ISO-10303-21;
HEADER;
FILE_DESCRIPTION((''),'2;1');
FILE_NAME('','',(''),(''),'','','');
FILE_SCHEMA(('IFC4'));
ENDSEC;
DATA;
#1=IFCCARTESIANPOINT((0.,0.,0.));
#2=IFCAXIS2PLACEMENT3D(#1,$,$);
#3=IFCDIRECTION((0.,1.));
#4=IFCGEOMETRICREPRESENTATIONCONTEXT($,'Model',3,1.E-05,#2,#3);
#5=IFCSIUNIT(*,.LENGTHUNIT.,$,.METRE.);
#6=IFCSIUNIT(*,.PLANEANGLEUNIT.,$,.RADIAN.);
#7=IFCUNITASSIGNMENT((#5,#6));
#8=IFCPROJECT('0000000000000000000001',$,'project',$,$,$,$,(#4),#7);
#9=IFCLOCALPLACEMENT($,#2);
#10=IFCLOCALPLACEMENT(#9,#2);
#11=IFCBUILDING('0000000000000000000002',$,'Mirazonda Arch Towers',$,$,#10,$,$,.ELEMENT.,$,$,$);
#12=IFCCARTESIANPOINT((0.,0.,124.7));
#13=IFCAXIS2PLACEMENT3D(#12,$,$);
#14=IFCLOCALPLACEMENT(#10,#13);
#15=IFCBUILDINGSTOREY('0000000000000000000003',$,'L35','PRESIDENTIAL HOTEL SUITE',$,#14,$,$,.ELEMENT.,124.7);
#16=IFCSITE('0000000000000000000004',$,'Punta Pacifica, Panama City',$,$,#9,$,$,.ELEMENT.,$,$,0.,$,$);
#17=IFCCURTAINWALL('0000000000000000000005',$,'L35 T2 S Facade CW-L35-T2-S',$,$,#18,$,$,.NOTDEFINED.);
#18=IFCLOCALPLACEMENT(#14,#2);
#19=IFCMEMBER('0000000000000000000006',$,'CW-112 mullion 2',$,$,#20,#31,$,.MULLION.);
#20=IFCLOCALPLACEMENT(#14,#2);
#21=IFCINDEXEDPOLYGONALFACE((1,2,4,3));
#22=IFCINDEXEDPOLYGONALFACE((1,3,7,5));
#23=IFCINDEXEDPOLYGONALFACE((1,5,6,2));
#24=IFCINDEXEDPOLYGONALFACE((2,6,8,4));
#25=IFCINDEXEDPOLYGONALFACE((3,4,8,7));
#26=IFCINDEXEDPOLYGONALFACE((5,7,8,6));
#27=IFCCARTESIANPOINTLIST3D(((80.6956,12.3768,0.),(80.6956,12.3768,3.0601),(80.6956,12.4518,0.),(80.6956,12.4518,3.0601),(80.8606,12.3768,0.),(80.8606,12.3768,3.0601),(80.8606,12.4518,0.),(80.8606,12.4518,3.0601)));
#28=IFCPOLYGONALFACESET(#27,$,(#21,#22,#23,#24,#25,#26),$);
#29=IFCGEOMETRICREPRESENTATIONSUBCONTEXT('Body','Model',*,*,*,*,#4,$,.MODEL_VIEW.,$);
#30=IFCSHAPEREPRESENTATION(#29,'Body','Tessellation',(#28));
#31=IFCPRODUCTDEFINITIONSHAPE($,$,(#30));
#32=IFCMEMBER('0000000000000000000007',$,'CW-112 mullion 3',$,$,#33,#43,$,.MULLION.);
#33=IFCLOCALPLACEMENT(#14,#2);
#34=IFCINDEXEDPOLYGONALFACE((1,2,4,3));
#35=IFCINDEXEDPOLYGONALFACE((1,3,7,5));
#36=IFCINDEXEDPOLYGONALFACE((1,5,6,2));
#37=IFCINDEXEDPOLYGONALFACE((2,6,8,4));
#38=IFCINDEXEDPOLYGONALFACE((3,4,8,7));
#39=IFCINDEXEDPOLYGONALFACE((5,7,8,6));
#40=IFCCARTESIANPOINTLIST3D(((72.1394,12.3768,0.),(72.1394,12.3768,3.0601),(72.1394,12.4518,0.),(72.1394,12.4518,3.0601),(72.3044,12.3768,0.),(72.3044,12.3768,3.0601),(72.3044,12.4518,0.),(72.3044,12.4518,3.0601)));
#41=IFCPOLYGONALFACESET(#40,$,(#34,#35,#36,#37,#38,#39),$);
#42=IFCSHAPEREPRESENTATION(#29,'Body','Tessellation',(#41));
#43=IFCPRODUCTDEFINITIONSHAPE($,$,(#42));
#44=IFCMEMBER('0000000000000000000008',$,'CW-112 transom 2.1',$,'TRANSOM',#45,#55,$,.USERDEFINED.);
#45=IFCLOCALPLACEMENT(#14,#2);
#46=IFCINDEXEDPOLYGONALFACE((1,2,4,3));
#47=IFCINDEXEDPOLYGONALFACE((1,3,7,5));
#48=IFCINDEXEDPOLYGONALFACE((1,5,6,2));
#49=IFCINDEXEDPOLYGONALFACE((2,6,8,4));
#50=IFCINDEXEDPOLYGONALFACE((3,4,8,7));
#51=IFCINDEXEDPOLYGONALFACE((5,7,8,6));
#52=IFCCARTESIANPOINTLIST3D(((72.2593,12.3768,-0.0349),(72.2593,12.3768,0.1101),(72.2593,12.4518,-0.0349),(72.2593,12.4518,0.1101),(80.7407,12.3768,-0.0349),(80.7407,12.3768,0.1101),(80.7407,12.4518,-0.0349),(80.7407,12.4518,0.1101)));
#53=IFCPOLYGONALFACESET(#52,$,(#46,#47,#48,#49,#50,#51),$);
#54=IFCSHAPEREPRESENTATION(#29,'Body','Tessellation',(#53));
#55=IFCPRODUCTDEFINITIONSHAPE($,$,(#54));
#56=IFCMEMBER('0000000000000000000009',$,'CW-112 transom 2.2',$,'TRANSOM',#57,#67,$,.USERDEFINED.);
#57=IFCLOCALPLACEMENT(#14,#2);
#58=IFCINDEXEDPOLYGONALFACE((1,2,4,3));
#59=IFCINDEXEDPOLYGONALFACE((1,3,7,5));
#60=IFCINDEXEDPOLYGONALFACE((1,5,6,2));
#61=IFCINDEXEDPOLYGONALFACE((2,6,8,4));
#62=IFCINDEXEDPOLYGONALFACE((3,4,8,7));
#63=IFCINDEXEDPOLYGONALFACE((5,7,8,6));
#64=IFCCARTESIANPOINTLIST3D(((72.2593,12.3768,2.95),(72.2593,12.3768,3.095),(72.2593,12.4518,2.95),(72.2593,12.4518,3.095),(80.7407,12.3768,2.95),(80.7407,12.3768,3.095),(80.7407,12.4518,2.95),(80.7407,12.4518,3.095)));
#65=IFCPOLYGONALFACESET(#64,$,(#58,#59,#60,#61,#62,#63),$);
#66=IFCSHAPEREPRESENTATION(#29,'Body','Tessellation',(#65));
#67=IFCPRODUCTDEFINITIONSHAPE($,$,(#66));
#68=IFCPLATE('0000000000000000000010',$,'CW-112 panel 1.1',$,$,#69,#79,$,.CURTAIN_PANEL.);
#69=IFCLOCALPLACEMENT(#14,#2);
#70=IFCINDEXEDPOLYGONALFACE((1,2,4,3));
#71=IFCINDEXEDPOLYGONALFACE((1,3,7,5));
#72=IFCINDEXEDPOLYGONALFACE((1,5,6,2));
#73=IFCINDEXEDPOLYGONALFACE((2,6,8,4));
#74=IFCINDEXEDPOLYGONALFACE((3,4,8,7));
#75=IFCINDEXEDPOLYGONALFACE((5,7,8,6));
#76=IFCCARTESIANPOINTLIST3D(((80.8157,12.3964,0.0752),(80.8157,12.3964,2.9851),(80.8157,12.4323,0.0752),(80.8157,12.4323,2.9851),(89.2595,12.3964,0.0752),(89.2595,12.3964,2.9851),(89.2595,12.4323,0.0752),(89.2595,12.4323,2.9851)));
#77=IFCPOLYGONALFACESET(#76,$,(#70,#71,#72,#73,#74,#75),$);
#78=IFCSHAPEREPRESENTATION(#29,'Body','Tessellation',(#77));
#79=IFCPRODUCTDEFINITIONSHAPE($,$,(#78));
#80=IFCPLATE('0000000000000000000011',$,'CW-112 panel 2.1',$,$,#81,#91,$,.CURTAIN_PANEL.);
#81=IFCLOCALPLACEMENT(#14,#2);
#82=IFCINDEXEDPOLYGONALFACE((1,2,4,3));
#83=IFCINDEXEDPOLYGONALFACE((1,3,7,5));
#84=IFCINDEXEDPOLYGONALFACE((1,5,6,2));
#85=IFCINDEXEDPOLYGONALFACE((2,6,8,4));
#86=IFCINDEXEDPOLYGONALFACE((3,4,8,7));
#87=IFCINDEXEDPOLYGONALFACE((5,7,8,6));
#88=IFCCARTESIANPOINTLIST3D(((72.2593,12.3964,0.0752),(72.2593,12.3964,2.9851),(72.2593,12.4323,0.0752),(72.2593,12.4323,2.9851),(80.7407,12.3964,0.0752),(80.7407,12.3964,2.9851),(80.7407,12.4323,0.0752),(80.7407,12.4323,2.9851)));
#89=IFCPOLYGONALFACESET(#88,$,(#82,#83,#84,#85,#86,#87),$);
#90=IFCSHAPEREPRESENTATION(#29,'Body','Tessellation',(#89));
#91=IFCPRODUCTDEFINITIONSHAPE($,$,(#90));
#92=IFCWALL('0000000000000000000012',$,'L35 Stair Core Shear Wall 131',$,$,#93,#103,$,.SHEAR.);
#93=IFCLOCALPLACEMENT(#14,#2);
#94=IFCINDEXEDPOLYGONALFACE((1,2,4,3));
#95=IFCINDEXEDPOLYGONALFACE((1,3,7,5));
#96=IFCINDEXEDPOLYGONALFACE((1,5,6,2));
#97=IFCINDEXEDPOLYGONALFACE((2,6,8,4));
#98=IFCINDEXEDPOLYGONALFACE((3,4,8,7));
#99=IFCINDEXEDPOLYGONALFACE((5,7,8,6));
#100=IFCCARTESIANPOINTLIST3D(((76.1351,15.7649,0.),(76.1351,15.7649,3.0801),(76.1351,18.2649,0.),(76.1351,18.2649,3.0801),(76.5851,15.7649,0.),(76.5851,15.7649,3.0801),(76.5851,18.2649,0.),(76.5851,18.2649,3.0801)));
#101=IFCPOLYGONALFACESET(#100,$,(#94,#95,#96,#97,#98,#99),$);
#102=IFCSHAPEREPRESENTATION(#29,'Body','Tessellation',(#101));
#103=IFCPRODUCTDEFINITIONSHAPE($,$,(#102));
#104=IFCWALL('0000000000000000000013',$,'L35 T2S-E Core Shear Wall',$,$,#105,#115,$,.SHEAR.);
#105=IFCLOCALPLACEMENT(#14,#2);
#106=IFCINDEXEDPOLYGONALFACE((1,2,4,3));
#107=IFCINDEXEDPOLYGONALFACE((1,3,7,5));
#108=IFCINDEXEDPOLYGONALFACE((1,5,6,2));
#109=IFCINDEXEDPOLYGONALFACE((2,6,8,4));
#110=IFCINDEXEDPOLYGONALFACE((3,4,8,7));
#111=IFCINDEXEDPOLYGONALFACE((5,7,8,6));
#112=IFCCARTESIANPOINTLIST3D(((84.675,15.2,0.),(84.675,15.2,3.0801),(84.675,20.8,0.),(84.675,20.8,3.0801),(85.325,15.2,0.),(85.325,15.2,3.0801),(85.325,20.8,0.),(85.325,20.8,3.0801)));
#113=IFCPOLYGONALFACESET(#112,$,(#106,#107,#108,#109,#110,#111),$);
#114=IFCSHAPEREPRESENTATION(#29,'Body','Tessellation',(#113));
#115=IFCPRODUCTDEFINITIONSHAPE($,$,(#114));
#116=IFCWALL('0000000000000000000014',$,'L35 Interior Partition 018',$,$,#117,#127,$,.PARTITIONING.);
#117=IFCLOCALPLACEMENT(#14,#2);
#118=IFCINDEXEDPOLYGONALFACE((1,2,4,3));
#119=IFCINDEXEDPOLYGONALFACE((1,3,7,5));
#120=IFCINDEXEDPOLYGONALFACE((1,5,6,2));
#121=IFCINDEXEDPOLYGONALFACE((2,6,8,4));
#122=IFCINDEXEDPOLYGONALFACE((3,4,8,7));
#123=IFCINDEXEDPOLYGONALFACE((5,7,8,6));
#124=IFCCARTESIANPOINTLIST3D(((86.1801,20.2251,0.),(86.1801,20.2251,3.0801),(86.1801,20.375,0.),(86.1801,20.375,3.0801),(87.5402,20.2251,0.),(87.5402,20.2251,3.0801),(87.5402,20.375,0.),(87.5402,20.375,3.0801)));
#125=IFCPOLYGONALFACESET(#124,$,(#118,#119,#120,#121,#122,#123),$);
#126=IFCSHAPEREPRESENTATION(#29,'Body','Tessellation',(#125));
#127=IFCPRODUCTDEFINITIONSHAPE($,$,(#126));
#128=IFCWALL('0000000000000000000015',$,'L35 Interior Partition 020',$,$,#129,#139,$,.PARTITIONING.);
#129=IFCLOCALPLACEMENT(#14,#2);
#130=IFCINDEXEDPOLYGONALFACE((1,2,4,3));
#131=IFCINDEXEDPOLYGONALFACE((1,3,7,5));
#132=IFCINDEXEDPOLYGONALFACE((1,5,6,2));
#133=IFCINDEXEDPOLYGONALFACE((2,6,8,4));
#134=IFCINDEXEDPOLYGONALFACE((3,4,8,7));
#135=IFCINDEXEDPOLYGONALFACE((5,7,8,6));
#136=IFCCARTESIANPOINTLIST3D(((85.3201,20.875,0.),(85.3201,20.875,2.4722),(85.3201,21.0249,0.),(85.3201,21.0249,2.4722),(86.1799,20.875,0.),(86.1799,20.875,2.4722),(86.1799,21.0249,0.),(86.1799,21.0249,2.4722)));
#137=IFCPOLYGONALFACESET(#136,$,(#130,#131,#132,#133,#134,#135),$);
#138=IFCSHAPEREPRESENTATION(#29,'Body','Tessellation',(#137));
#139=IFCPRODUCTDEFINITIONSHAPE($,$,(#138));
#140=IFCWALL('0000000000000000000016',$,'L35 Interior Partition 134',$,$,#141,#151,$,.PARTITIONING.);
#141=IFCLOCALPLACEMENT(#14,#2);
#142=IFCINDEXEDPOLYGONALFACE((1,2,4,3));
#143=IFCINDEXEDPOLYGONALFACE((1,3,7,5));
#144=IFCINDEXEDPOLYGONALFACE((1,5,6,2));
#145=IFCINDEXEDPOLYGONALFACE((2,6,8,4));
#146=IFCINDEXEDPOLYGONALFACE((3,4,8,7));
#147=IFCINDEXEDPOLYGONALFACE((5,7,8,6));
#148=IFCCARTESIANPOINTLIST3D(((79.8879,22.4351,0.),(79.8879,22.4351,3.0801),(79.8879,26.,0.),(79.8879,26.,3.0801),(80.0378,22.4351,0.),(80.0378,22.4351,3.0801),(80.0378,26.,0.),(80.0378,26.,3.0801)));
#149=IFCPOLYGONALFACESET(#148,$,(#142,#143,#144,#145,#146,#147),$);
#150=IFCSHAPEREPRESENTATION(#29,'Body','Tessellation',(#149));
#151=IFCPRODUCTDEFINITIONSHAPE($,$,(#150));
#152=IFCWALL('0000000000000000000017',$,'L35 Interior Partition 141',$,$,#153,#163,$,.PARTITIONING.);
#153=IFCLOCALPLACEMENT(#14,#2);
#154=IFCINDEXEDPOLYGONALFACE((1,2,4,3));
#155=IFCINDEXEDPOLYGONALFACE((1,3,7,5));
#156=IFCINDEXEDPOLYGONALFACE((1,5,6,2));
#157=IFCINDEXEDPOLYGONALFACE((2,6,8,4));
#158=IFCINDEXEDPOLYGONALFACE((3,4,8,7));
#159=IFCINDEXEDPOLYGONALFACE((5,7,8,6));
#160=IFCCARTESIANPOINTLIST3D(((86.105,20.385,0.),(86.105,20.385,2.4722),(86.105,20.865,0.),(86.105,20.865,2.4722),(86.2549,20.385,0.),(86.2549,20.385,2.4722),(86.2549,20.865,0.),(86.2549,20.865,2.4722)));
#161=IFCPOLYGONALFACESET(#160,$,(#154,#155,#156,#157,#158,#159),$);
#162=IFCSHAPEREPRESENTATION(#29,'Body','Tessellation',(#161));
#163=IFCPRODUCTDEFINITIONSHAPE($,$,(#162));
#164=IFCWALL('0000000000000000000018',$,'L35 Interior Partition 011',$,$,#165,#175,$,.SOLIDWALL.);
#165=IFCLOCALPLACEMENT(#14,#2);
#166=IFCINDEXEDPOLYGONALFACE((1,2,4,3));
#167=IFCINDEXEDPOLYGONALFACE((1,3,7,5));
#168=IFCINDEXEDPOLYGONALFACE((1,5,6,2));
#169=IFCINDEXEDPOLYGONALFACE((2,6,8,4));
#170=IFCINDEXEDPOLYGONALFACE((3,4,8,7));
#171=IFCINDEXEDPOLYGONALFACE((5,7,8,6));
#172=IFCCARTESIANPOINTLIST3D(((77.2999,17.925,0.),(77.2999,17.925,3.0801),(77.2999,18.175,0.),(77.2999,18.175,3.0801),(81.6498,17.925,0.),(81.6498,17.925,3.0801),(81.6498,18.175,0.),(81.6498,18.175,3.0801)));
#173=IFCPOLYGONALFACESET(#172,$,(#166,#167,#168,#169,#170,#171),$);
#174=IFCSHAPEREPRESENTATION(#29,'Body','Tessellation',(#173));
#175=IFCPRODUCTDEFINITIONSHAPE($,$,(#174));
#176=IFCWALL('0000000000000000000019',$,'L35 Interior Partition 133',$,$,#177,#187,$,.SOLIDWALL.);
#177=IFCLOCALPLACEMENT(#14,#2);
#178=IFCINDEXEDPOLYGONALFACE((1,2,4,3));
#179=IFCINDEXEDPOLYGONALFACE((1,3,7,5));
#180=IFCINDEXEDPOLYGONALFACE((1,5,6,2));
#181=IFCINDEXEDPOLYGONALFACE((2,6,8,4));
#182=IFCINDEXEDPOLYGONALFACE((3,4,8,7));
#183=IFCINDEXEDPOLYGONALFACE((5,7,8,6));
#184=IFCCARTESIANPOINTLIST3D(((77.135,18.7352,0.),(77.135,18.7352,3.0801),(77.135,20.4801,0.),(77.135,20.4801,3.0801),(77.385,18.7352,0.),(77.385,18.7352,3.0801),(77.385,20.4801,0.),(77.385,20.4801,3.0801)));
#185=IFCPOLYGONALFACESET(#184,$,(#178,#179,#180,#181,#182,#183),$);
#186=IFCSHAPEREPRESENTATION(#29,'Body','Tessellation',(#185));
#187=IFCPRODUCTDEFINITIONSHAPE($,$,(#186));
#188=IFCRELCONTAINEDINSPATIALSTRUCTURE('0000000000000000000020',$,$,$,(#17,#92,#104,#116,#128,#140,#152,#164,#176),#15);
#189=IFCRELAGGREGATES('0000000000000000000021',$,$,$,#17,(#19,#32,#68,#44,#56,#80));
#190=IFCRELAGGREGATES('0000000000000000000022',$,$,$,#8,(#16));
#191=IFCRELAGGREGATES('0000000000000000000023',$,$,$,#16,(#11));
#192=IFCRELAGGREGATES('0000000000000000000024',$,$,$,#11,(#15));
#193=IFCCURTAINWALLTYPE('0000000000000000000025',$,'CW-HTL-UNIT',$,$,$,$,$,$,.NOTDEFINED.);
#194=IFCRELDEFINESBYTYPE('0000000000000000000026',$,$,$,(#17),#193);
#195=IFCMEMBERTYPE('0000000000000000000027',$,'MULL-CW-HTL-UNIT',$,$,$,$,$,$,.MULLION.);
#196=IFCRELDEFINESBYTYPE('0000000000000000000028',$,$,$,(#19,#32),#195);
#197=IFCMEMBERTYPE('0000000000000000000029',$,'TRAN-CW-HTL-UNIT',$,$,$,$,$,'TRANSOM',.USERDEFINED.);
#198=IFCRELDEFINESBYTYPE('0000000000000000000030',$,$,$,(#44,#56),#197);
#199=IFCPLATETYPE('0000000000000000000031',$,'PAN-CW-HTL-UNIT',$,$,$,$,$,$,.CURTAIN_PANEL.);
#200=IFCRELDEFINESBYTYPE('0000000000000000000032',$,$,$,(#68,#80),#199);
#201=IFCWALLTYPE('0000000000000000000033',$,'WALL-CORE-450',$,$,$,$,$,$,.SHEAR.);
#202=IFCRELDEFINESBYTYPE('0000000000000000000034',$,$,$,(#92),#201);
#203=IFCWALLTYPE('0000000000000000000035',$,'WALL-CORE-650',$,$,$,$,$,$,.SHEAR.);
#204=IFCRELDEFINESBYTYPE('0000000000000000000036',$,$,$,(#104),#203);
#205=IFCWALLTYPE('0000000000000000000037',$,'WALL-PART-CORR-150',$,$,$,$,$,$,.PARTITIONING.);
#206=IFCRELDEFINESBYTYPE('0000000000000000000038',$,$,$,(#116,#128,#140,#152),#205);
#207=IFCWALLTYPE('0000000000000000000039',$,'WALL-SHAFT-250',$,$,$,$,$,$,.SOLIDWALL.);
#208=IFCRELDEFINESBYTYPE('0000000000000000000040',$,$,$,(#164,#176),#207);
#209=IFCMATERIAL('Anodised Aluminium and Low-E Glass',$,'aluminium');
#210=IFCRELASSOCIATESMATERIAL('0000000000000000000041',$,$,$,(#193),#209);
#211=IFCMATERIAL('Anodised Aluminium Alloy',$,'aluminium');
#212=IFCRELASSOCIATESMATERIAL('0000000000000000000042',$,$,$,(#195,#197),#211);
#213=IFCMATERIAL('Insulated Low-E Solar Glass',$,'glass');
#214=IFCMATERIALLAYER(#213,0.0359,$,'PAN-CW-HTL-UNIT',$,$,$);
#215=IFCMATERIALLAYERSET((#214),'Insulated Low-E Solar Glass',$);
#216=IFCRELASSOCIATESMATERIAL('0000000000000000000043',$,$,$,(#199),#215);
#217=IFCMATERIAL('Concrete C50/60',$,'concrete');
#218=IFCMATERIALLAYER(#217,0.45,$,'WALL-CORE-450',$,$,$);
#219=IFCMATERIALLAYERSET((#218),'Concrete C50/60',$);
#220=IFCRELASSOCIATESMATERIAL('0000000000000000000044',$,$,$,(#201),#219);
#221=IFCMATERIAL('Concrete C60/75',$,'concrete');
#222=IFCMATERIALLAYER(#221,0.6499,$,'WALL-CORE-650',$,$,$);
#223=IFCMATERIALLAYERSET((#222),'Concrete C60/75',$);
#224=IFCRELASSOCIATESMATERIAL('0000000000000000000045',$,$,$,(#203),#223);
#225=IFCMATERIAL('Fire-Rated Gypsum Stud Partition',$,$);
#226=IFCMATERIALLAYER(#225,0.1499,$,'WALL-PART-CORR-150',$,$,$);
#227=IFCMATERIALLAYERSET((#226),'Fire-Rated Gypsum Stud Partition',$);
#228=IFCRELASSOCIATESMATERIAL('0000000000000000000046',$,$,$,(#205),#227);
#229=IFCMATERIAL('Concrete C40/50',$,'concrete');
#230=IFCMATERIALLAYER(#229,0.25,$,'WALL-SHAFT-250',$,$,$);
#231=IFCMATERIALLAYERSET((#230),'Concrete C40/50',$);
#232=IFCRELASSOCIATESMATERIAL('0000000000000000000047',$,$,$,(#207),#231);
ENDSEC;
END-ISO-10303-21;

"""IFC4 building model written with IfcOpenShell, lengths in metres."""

from ifc_helpers import new_model, si_unit, direction, frame, frame_2d, origin, origin_2d, place, context, subcontext, project, spatial, rectangle, extrude, material, layer, layer_set, material_profile, profile_set, type_object, element, aggregate, save


model = new_model("IFC4")

# Units and contexts
model_context = context("Model", 3, precision=1e-05, world=origin(), true_north=direction((0.0, 1.0)))
body_context = subcontext(model_context, "Body", "Model", "MODEL_VIEW")
ifc_project = project(units=[si_unit("LENGTHUNIT", "METRE"), si_unit("PLANEANGLEUNIT", "RADIAN")], contexts=[model_context])

# Site, building, storey
site_placement = place(None, origin())
site = spatial("IfcSite", under=ifc_project, at=site_placement, Name="Punta Pacifica, Panama City", CompositionType="ELEMENT", RefElevation=0.0)
building_placement = place(site_placement, origin())
building = spatial("IfcBuilding", under=site, at=building_placement, Name="Mirazonda Arch Towers", CompositionType="ELEMENT")
storey_placement = place(building_placement, frame((0.0, 0.0, 124.7)))
storey = spatial("IfcBuildingStorey", under=building, at=storey_placement, Name="L35", Description="PRESIDENTIAL HOTEL SUITE", CompositionType="ELEMENT", Elevation=124.7)

# Shared definitions
ifc_material_1 = material(Name="Concrete C50/60", Category="concrete")

# Shared definitions
ifc_material_2 = material(Name="Concrete C60/75", Category="concrete")

# Curtain wall, members, plates
ifc_material_3 = material(Name="Anodised Aluminium and Low-E Glass", Category="aluminium")
curtain_wall_type = type_object("IfcCurtainWallType", Name="CW-HTL-UNIT", PredefinedType="NOTDEFINED", material=ifc_material_3)
curtain_wall_placement = place(storey_placement, origin())
curtain_wall = element("IfcCurtainWall", 1, at=curtain_wall_placement, inside=storey, type_object=curtain_wall_type, Name="L35 T2 S Facade CW-L35-T2-S", PredefinedType="NOTDEFINED")
ifc_material_4 = material(Name="Anodised Aluminium Alloy", Category="aluminium")
ifc_material_profile_1 = material_profile(ifc_material_4, rectangle(XDim=0.075, YDim=0.165, at=origin_2d()), Name="ALU-MULL-75x165")
ifc_profile_set_1 = profile_set([ifc_material_profile_1], Name="Anodised Aluminium Alloy")
member_type_1 = type_object("IfcMemberType", Name="MULL-CW-HTL-UNIT", PredefinedType="MULLION", material=ifc_profile_set_1)
member_1_placement = place(storey_placement, frame((80.7781, 12.4143, 0.0), z_axis=(0.0, 0.0, 1.0), x_axis=(0.0, -1.0, 0.0)))
member_1 = element("IfcMember", 2, at=member_1_placement, type_object=member_type_1, Name="CW-112 mullion 2", PredefinedType="MULLION", context=body_context, shape_type="SweptSolid", body=[
    extrude(rectangle(XDim=0.075, YDim=0.165, at=origin_2d()), origin(), (0.0, 0.0, 1.0), 3.0601),
])
member_2_placement = place(storey_placement, frame((72.2219, 12.4143, 0.0), z_axis=(0.0, 0.0, 1.0), x_axis=(0.0, -1.0, 0.0)))
member_2 = element("IfcMember", 3, at=member_2_placement, type_object=member_type_1, Name="CW-112 mullion 3", PredefinedType="MULLION", context=body_context, shape_type="SweptSolid", body=[
    extrude(rectangle(XDim=0.075, YDim=0.165, at=origin_2d()), origin(), (0.0, 0.0, 1.0), 3.0601),
])
ifc_material_profile_2 = material_profile(ifc_material_4, rectangle(XDim=0.075, YDim=0.145, at=origin_2d()), Name="ALU-TRAN-75x145")
ifc_profile_set_2 = profile_set([ifc_material_profile_2], Name="Anodised Aluminium Alloy")
member_type_2 = type_object("IfcMemberType", Name="TRAN-CW-HTL-UNIT", ElementType="TRANSOM", PredefinedType="USERDEFINED", material=ifc_profile_set_2)
member_3_placement = place(storey_placement, frame((80.7407, 12.4143, 0.0376), z_axis=(-1.0, 0.0, 0.0), x_axis=(0.0, -1.0, 0.0)))
member_3 = element("IfcMember", 4, at=member_3_placement, type_object=member_type_2, Name="CW-112 transom 2.1", ObjectType="TRANSOM", PredefinedType="USERDEFINED", context=body_context, shape_type="SweptSolid", body=[
    extrude(rectangle(XDim=0.075, YDim=0.145, at=origin_2d()), origin(), (0.0, 0.0, 1.0), 8.4814),
])
member_4_placement = place(storey_placement, frame((80.7407, 12.4143, 3.0225), z_axis=(-1.0, 0.0, 0.0), x_axis=(0.0, -1.0, 0.0)))
member_4 = element("IfcMember", 5, at=member_4_placement, type_object=member_type_2, Name="CW-112 transom 2.2", ObjectType="TRANSOM", PredefinedType="USERDEFINED", context=body_context, shape_type="SweptSolid", body=[
    extrude(rectangle(XDim=0.075, YDim=0.145, at=origin_2d()), origin(), (0.0, 0.0, 1.0), 8.4814),
])
ifc_material_5 = material(Name="Insulated Low-E Solar Glass", Category="glass")
ifc_layer_1 = layer(ifc_material_5, 0.0359, Name="PAN-CW-HTL-UNIT")
ifc_layer_set_1 = layer_set([ifc_layer_1], Name="Insulated Low-E Solar Glass")
plate_type = type_object("IfcPlateType", Name="PAN-CW-HTL-UNIT", PredefinedType="CURTAIN_PANEL", material=ifc_layer_set_1)
plate_1_placement = place(storey_placement, frame((85.0376, 12.4143, 0.0752), z_axis=(0.0, 0.0, 1.0), x_axis=(-1.0, 0.0, 0.0)))
plate_1 = element("IfcPlate", 6, at=plate_1_placement, type_object=plate_type, Name="CW-112 panel 1.1", PredefinedType="CURTAIN_PANEL", context=body_context, shape_type="SweptSolid", body=[
    extrude(rectangle(XDim=8.4438, YDim=0.0359, at=origin_2d()), origin(), (0.0, 0.0, 1.0), 2.9099),
])
plate_2_placement = place(storey_placement, frame((76.5, 12.4143, 0.0752), z_axis=(0.0, 0.0, 1.0), x_axis=(-1.0, 0.0, 0.0)))
plate_2 = element("IfcPlate", 7, at=plate_2_placement, type_object=plate_type, Name="CW-112 panel 2.1", PredefinedType="CURTAIN_PANEL", context=body_context, shape_type="SweptSolid", body=[
    extrude(rectangle(XDim=8.4814, YDim=0.0359, at=origin_2d()), origin(), (0.0, 0.0, 1.0), 2.9099),
])
aggregate(curtain_wall, [member_1, member_2, plate_1, member_3, member_4, plate_2])

# Walls
ifc_layer_2 = layer(ifc_material_1, 0.45, Name="WALL-CORE-450")
ifc_layer_set_2 = layer_set([ifc_layer_2], Name="Concrete C50/60")
wall_type_1 = type_object("IfcWallType", Name="WALL-CORE-450", PredefinedType="SHEAR", material=ifc_layer_set_2)
wall_1_placement = place(storey_placement, frame((76.3601, 15.7649, 0.0), z_axis=(0.0, 0.0, 1.0), x_axis=(0.0, 1.0, 0.0)))
element("IfcWall", 8, at=wall_1_placement, inside=storey, type_object=wall_type_1, Name="L35 Stair Core Shear Wall 131", PredefinedType="SHEAR", context=body_context, shape_type="SweptSolid", body=[
    extrude(rectangle(XDim=2.5, YDim=0.45, at=frame_2d((1.25, 0.0))), origin(), (0.0, 0.0, 1.0), 3.0801),
])
ifc_layer_3 = layer(ifc_material_2, 0.6499, Name="WALL-CORE-650")
ifc_layer_set_3 = layer_set([ifc_layer_3], Name="Concrete C60/75")
wall_type_2 = type_object("IfcWallType", Name="WALL-CORE-650", PredefinedType="SHEAR", material=ifc_layer_set_3)
wall_2_placement = place(storey_placement, frame((85.0, 15.2, 0.0), z_axis=(0.0, 0.0, 1.0), x_axis=(0.0, 1.0, 0.0)))
element("IfcWall", 9, at=wall_2_placement, inside=storey, type_object=wall_type_2, Name="L35 T2S-E Core Shear Wall", PredefinedType="SHEAR", context=body_context, shape_type="SweptSolid", body=[
    extrude(rectangle(XDim=5.6001, YDim=0.6499, at=frame_2d((2.8, 0.0))), origin(), (0.0, 0.0, 1.0), 3.0801),
])
ifc_material_6 = material(Name="Fire-Rated Gypsum Stud Partition")
ifc_layer_4 = layer(ifc_material_6, 0.1499, Name="WALL-PART-CORR-150")
ifc_layer_set_4 = layer_set([ifc_layer_4], Name="Fire-Rated Gypsum Stud Partition")
wall_type_3 = type_object("IfcWallType", Name="WALL-PART-CORR-150", PredefinedType="PARTITIONING", material=ifc_layer_set_4)
wall_3_placement = place(storey_placement, frame((86.1799, 20.3, 0.0), z_axis=(0.0, 0.0, 1.0), x_axis=(1.0, 0.0, 0.0)))
element("IfcWall", 10, at=wall_3_placement, inside=storey, type_object=wall_type_3, Name="L35 Interior Partition 018", PredefinedType="PARTITIONING", context=body_context, shape_type="SweptSolid", body=[
    extrude(rectangle(XDim=1.3601, YDim=0.1499, at=frame_2d((0.6802, 0.0))), origin(), (0.0, 0.0, 1.0), 3.0801),
])
wall_4_placement = place(storey_placement, frame((85.3201, 20.95, 0.0), z_axis=(0.0, 0.0, 1.0), x_axis=(1.0, 0.0, 0.0)))
element("IfcWall", 11, at=wall_4_placement, inside=storey, type_object=wall_type_3, Name="L35 Interior Partition 020", PredefinedType="PARTITIONING", context=body_context, shape_type="SweptSolid", body=[
    extrude(rectangle(XDim=0.8599, YDim=0.1499, at=frame_2d((0.4299, 0.0))), origin(), (0.0, 0.0, 1.0), 2.4722),
])
wall_5_placement = place(storey_placement, frame((79.9629, 22.4351, 0.0), z_axis=(0.0, 0.0, 1.0), x_axis=(0.0, 1.0, 0.0)))
element("IfcWall", 12, at=wall_5_placement, inside=storey, type_object=wall_type_3, Name="L35 Interior Partition 134", PredefinedType="PARTITIONING", context=body_context, shape_type="SweptSolid", body=[
    extrude(rectangle(XDim=3.5649, YDim=0.1499, at=frame_2d((1.7825, 0.0))), origin(), (0.0, 0.0, 1.0), 3.0801),
])
wall_6_placement = place(storey_placement, frame((86.1799, 20.385, 0.0), z_axis=(0.0, 0.0, 1.0), x_axis=(0.0, 1.0, 0.0)))
element("IfcWall", 13, at=wall_6_placement, inside=storey, type_object=wall_type_3, Name="L35 Interior Partition 141", PredefinedType="PARTITIONING", context=body_context, shape_type="SweptSolid", body=[
    extrude(rectangle(XDim=0.48, YDim=0.1499, at=frame_2d((0.24, 0.0))), origin(), (0.0, 0.0, 1.0), 2.4722),
])
ifc_material_7 = material(Name="Concrete C40/50", Category="concrete")
ifc_layer_5 = layer(ifc_material_7, 0.25, Name="WALL-SHAFT-250")
ifc_layer_set_5 = layer_set([ifc_layer_5], Name="Concrete C40/50")
wall_type_4 = type_object("IfcWallType", Name="WALL-SHAFT-250", PredefinedType="SOLIDWALL", material=ifc_layer_set_5)
wall_7_placement = place(storey_placement, frame((77.3, 18.05, 0.0), z_axis=(0.0, 0.0, 1.0), x_axis=(1.0, 0.0, 0.0)))
element("IfcWall", 14, at=wall_7_placement, inside=storey, type_object=wall_type_4, Name="L35 Interior Partition 011", PredefinedType="SOLIDWALL", context=body_context, shape_type="SweptSolid", body=[
    extrude(rectangle(XDim=4.3499, YDim=0.25, at=frame_2d((2.1748, 0.0))), origin(), (0.0, 0.0, 1.0), 3.0801),
])
wall_8_placement = place(storey_placement, frame((77.26, 18.7351, 0.0), z_axis=(0.0, 0.0, 1.0), x_axis=(0.0, 1.0, 0.0)))
element("IfcWall", 15, at=wall_8_placement, inside=storey, type_object=wall_type_4, Name="L35 Interior Partition 133", PredefinedType="SOLIDWALL", context=body_context, shape_type="SweptSolid", body=[
    extrude(rectangle(XDim=1.7449, YDim=0.25, at=frame_2d((0.8726, 0.0))), origin(), (0.0, 0.0, 1.0), 3.0801),
])

save(model, "model.ifc")
